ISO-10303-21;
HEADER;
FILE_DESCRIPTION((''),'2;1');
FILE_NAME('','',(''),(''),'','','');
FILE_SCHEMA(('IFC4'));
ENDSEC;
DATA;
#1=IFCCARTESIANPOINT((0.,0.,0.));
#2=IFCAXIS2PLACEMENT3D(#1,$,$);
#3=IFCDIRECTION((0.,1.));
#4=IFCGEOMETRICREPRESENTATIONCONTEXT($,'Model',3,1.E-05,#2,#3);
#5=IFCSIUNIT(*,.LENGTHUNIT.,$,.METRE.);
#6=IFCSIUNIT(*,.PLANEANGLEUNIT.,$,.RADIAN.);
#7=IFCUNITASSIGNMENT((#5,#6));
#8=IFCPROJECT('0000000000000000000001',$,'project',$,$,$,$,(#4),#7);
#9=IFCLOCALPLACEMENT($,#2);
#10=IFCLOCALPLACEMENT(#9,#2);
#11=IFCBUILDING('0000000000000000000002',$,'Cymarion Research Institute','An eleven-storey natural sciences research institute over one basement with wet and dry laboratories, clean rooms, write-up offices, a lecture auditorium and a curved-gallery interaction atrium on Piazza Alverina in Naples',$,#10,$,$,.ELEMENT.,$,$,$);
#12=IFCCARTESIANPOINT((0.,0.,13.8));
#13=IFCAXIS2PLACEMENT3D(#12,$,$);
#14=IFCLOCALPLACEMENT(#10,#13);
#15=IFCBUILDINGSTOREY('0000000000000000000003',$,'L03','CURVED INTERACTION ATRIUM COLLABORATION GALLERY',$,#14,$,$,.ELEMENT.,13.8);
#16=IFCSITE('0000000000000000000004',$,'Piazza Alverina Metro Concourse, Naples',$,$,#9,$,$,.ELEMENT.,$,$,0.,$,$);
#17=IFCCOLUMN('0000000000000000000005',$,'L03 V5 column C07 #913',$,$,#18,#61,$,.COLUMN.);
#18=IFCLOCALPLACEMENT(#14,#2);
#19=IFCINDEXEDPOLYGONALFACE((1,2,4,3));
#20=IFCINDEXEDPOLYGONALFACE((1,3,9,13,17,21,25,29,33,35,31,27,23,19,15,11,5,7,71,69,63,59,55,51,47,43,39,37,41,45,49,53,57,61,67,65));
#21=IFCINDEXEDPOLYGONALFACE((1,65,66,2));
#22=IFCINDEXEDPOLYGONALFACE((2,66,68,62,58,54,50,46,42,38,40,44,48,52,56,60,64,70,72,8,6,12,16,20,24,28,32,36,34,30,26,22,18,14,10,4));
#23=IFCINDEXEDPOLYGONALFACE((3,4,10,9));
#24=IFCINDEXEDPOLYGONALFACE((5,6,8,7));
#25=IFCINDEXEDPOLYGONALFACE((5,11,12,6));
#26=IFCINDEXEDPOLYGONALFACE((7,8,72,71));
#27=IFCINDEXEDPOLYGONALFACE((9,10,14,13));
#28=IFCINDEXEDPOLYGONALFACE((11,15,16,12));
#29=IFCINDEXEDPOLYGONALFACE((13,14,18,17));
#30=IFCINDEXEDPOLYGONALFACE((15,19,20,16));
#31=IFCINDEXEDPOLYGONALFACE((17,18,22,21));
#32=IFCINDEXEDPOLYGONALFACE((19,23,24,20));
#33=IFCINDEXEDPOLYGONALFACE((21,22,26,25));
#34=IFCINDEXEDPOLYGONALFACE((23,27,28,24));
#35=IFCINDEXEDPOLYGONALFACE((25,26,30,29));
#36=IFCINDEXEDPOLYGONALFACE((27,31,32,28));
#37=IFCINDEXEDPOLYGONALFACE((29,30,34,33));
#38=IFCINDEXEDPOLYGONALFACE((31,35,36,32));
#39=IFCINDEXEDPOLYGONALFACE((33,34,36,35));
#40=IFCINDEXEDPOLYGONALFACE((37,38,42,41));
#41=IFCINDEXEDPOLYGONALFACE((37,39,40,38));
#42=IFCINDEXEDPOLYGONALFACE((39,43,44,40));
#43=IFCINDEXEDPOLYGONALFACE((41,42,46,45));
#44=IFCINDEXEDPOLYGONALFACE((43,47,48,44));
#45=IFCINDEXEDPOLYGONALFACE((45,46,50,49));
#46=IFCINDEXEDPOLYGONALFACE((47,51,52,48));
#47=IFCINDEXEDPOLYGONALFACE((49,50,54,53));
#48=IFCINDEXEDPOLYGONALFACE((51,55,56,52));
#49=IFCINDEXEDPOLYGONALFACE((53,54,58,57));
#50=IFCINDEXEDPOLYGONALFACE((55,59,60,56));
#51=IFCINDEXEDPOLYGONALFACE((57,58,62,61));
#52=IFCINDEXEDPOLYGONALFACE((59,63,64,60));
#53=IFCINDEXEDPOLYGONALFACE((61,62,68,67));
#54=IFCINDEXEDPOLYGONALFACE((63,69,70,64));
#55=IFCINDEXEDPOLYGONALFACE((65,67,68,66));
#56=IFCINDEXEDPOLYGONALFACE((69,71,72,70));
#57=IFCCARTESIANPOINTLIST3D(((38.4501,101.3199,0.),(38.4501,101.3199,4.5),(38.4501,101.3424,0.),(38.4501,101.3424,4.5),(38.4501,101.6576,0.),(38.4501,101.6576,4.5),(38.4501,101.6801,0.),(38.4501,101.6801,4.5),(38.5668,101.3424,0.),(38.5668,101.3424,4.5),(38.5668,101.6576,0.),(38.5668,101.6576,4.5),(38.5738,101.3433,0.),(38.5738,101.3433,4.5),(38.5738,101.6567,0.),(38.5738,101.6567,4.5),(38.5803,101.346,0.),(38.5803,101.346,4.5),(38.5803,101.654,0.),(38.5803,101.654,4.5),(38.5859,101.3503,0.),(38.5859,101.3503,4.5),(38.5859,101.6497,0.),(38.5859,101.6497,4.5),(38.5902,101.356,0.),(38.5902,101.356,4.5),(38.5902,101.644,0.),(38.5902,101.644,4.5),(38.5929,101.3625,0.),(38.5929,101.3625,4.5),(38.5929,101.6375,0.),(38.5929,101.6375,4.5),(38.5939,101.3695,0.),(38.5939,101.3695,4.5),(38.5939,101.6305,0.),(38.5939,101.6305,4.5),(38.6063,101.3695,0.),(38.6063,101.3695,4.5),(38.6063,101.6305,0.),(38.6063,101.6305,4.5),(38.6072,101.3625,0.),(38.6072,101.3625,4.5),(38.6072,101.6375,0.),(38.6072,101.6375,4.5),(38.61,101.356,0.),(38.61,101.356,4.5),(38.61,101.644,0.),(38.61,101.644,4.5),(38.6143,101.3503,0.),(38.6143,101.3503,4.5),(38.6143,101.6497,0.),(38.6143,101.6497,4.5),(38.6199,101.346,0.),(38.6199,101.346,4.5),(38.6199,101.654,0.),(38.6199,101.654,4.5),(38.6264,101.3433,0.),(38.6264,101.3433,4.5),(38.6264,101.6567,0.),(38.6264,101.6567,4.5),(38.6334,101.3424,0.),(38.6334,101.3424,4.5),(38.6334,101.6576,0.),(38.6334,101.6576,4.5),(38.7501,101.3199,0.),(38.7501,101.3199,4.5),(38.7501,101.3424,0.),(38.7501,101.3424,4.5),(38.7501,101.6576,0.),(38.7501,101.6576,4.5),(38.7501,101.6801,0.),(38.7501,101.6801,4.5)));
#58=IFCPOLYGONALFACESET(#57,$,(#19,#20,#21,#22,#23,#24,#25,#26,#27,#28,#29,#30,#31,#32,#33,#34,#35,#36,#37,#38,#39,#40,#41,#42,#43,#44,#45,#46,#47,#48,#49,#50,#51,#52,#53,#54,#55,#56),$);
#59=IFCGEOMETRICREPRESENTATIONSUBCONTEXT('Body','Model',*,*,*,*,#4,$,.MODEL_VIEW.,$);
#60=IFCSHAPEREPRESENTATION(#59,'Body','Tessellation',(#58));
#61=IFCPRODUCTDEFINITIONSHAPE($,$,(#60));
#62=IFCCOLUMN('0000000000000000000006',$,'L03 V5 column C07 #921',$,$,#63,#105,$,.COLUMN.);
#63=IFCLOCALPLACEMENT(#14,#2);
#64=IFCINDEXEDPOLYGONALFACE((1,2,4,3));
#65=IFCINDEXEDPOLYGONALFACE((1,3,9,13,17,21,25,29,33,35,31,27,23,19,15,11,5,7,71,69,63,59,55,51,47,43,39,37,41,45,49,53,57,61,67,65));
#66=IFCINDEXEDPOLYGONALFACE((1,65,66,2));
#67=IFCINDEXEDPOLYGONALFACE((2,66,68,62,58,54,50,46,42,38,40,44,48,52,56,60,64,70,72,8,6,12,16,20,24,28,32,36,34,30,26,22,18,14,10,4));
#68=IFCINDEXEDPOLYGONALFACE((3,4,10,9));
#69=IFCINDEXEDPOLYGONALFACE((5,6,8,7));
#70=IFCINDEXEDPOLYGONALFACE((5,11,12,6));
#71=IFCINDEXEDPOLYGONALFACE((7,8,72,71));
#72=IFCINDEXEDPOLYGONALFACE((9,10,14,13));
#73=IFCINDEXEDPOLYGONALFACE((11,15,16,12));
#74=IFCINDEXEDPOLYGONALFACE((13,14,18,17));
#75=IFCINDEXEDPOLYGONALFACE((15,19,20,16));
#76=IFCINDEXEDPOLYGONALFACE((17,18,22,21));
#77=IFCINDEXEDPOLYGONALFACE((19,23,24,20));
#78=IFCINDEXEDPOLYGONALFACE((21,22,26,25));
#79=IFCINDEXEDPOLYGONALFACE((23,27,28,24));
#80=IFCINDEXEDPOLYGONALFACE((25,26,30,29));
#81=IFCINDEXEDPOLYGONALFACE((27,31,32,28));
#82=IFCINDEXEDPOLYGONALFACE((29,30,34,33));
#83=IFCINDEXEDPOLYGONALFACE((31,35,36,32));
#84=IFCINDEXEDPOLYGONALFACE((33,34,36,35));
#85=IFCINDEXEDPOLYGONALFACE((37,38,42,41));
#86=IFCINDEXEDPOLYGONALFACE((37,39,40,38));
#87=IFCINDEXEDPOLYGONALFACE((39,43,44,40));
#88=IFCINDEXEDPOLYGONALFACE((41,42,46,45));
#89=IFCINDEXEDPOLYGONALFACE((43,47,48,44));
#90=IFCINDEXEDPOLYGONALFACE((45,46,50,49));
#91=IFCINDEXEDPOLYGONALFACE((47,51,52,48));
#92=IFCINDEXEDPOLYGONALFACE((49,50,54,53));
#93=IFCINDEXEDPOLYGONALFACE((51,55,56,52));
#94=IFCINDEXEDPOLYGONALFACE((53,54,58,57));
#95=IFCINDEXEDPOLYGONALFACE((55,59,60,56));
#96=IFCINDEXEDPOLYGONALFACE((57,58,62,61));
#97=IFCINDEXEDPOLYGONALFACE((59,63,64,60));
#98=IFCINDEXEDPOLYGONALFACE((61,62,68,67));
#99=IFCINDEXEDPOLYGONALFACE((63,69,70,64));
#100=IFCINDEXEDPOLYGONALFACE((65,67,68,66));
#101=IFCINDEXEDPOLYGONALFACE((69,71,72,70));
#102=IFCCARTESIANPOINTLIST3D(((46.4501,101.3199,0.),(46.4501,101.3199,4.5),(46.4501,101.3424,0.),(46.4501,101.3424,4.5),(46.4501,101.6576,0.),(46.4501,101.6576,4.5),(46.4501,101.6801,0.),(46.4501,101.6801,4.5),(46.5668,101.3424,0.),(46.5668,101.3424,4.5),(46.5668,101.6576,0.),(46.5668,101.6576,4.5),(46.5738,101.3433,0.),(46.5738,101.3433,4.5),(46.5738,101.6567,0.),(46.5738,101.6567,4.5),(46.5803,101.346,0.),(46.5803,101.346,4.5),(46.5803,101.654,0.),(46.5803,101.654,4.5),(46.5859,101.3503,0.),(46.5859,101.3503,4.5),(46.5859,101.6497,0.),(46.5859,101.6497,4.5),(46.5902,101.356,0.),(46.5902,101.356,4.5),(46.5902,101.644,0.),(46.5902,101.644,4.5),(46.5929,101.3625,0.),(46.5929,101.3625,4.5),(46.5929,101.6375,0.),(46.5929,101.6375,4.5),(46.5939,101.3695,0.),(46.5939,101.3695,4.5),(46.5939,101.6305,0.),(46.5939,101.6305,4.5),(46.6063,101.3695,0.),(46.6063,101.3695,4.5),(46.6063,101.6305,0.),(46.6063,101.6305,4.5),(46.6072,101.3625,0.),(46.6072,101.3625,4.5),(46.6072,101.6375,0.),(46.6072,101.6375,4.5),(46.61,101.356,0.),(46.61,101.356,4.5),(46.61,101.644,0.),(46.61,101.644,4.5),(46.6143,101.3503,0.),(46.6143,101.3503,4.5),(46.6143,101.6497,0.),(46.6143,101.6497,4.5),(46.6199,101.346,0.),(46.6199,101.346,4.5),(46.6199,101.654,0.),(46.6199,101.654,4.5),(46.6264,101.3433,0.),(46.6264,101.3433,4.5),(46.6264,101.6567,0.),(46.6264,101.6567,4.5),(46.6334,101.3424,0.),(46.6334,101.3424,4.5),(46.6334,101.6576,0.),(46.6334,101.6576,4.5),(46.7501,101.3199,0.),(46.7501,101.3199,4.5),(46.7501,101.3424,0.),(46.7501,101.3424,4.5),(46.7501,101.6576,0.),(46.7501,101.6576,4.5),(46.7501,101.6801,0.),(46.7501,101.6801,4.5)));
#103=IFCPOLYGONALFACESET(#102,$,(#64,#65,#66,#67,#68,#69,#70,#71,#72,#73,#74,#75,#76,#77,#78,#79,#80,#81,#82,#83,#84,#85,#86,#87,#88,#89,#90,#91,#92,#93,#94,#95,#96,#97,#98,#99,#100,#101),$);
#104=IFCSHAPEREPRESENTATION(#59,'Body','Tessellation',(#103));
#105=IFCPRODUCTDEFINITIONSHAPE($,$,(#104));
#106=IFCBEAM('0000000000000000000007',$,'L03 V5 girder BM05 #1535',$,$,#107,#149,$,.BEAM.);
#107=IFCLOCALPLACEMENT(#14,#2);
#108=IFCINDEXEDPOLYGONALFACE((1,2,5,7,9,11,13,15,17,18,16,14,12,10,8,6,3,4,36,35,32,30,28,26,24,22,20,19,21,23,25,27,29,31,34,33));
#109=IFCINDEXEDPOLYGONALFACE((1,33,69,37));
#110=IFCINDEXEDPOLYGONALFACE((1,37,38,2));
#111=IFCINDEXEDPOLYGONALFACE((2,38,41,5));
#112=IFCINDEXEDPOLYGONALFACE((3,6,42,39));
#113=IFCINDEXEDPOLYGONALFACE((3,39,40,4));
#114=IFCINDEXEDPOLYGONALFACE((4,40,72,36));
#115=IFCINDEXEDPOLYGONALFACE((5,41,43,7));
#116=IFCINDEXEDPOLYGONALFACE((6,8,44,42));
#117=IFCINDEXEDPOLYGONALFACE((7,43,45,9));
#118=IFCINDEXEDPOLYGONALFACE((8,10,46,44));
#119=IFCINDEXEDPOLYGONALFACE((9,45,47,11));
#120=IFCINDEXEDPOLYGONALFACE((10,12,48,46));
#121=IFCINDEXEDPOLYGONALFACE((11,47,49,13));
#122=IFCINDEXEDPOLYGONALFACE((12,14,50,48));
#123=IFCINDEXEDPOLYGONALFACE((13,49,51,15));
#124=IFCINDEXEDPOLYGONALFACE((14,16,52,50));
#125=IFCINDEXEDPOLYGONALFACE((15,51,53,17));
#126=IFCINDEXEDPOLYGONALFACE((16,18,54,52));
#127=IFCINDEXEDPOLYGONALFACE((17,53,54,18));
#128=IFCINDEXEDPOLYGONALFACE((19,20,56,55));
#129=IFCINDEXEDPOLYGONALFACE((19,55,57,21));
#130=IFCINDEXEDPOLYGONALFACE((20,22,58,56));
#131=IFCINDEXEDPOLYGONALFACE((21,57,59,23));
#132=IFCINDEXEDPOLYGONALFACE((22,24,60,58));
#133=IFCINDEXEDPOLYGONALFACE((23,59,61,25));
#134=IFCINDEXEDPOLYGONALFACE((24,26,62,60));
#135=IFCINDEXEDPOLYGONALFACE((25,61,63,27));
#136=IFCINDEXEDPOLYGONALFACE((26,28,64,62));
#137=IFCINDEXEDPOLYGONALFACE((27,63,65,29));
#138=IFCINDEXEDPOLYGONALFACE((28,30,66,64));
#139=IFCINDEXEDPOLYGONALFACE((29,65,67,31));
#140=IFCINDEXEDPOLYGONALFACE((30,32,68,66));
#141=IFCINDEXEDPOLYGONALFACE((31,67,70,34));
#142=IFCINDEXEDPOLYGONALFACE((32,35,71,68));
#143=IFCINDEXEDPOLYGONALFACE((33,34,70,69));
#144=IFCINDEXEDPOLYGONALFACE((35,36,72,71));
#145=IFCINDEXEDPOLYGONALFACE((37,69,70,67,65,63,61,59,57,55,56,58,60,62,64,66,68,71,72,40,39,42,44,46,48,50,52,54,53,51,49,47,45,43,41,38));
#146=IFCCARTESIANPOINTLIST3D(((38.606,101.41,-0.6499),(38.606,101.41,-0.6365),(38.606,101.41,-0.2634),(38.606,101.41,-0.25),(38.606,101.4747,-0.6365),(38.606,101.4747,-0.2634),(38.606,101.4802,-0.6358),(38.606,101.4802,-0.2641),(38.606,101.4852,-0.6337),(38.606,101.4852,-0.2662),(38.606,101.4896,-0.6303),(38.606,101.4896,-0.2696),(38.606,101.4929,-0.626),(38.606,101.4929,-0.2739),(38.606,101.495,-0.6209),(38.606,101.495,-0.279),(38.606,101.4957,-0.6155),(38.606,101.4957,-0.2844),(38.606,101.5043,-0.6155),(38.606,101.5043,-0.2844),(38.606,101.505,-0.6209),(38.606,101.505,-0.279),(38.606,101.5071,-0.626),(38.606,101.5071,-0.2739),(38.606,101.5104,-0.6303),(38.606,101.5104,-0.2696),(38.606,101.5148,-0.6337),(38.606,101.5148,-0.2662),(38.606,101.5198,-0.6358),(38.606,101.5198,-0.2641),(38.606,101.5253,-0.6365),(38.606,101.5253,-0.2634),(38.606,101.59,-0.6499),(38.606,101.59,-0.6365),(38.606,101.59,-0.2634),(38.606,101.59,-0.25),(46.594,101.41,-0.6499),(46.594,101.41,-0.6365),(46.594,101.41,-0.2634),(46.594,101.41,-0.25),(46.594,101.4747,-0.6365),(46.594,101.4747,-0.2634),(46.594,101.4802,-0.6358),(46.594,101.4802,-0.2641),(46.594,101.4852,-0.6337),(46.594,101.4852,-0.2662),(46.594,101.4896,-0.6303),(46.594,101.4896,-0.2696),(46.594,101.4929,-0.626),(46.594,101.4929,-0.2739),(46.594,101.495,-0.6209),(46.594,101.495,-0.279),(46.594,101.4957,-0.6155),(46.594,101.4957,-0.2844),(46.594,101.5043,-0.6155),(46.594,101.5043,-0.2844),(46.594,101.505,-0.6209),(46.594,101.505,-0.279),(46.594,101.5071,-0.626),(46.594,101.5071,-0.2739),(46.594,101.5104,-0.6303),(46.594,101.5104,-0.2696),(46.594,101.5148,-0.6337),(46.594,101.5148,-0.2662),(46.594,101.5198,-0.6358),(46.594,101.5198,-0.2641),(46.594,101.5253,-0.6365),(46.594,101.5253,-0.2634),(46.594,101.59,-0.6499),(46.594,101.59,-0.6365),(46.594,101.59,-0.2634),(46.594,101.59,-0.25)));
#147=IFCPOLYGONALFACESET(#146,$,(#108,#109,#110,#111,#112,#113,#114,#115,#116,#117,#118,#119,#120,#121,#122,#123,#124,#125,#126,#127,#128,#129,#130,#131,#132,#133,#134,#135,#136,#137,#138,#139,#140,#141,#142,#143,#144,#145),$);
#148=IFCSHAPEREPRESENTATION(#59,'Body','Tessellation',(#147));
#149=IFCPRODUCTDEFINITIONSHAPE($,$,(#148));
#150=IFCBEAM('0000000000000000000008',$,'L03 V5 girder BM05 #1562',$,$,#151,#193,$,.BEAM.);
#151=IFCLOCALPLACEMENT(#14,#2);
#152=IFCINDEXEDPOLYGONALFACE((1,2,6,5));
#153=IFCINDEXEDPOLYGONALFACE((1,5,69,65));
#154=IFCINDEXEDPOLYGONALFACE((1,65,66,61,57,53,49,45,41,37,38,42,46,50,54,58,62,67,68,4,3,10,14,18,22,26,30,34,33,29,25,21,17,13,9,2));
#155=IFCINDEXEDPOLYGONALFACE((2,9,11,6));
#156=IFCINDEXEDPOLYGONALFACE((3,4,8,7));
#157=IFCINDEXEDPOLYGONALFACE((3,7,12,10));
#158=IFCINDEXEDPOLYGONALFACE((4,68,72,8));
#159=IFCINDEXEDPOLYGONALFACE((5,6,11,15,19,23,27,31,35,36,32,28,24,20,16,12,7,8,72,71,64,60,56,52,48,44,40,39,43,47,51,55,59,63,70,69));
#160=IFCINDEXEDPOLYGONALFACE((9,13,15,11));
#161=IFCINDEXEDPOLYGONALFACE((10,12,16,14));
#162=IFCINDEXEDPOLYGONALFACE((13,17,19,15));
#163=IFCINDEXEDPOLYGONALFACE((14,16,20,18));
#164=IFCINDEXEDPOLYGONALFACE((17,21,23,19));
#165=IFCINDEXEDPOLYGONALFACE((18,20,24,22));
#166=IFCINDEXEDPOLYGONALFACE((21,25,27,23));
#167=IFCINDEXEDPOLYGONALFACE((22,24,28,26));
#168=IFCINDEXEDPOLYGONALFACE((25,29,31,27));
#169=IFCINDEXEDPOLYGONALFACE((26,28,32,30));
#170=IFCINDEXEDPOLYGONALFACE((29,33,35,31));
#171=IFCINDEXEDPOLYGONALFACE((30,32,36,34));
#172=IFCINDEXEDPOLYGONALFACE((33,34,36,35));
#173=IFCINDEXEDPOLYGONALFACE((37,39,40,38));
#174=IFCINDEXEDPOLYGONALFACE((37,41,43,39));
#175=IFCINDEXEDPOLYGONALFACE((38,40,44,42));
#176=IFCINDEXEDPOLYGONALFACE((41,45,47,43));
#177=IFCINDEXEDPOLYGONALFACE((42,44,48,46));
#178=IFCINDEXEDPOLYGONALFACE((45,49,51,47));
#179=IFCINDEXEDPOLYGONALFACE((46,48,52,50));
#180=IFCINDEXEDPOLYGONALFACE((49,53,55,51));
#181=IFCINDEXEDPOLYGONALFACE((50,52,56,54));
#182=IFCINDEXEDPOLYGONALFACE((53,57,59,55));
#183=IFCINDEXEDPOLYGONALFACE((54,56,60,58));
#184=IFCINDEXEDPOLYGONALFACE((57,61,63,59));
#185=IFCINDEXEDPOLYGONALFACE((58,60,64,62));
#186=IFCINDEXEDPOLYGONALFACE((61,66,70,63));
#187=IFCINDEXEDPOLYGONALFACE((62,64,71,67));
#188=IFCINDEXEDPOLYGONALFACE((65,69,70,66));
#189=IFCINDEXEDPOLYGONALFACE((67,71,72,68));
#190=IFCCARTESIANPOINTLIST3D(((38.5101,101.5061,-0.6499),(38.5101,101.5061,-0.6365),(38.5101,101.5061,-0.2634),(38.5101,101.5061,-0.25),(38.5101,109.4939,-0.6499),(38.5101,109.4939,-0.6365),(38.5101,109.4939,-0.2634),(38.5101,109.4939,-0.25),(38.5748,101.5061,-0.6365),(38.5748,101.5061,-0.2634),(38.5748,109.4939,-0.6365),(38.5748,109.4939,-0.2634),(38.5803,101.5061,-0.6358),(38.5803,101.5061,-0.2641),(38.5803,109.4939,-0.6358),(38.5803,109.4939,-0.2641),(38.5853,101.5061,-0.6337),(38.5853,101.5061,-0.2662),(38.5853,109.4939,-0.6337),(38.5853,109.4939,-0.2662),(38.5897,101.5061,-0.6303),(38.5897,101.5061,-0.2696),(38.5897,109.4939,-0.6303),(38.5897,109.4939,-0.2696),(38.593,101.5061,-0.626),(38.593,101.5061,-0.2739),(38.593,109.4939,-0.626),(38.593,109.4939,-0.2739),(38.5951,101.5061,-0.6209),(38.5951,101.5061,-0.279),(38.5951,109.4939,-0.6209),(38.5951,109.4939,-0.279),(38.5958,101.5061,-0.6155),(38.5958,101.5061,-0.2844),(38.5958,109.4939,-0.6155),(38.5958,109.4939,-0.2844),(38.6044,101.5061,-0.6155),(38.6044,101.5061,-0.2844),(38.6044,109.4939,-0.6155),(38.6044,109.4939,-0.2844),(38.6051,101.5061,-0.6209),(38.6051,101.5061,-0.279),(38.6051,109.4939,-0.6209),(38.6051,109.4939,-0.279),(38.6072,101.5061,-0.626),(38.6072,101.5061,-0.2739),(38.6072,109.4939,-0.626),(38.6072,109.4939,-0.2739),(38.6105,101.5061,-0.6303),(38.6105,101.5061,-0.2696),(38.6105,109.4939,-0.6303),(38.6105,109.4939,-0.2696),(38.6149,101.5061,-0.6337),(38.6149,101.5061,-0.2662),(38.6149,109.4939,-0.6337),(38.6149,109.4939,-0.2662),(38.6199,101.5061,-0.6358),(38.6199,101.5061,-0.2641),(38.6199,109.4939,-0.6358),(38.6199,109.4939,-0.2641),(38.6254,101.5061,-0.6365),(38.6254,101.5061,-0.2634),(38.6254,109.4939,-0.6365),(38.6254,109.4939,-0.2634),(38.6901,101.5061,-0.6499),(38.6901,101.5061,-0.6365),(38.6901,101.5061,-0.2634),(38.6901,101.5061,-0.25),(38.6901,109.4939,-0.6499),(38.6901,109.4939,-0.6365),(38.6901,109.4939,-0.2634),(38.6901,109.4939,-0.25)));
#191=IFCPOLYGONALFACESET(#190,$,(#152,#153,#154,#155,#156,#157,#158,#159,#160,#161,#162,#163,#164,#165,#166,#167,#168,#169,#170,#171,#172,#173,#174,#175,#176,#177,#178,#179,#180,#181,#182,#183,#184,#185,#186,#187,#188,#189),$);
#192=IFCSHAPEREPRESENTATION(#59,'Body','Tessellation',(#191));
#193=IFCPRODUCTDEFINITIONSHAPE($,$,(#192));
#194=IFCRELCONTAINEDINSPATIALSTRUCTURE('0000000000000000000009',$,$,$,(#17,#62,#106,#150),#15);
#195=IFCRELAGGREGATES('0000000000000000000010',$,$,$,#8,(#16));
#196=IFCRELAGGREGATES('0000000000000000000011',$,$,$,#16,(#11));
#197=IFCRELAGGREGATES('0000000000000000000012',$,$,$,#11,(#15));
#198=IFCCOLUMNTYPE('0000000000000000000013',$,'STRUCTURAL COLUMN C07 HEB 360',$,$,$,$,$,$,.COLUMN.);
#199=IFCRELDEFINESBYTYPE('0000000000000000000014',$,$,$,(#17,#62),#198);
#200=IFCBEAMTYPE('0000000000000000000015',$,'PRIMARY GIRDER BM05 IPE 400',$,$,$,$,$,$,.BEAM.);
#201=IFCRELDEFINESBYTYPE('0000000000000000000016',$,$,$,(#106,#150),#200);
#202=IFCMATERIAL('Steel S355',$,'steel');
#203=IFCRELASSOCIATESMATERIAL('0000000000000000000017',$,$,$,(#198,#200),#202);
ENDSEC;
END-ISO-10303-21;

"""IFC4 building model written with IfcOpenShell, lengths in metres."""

from ifc_helpers import new_model, si_unit, direction, frame, origin, origin_2d, place, context, subcontext, project, spatial, i_section, extrude, material, material_profile, profile_set, type_object, element, save


model = new_model("IFC4")

# Units and contexts
model_context = context("Model", 3, precision=1e-05, world=origin(), true_north=direction((0.0, 1.0)))
body_context = subcontext(model_context, "Body", "Model", "MODEL_VIEW")
ifc_project = project(units=[si_unit("LENGTHUNIT", "METRE"), si_unit("PLANEANGLEUNIT", "RADIAN")], contexts=[model_context])

# Site, building, storey
site_placement = place(None, origin())
site = spatial("IfcSite", under=ifc_project, at=site_placement, Name="Piazza Alverina Metro Concourse, Naples", CompositionType="ELEMENT", RefElevation=0.0)
building_placement = place(site_placement, origin())
building = spatial("IfcBuilding", under=site, at=building_placement, Name="Cymarion Research Institute", Description="An eleven-storey natural sciences research institute over one basement with wet and dry laboratories, clean rooms, write-up offices, a lecture auditorium and a curved-gallery interaction atrium on Piazza Alverina in Naples", CompositionType="ELEMENT")
storey_placement = place(building_placement, frame((0.0, 0.0, 13.8)))
storey = spatial("IfcBuildingStorey", under=building, at=storey_placement, Name="L03", Description="CURVED INTERACTION ATRIUM COLLABORATION GALLERY", CompositionType="ELEMENT", Elevation=13.8)

# Columns
ifc_material_1 = material(Name="Steel S355", Category="steel")
ifc_material_profile_1 = material_profile(ifc_material_1, i_section(OverallWidth=0.3, OverallDepth=0.3601, WebThickness=0.0125, FlangeThickness=0.0225, FilletRadius=0.0271, at=origin_2d()), Name="HEB 360")
ifc_profile_set_1 = profile_set([ifc_material_profile_1], Name="Steel S355")
column_type = type_object("IfcColumnType", Name="STRUCTURAL COLUMN C07 HEB 360", PredefinedType="COLUMN", material=ifc_profile_set_1)
for number, where, z_axis, x_axis, name in (
    (1, (38.6001, 101.5, 0.0), (0.0, 0.0, 1.0), (1.0, 0.0, 0.0), "L03 V5 column C07 #913"),
    (2, (46.6001, 101.5, 0.0), (0.0, 0.0, 1.0), (1.0, 0.0, 0.0), "L03 V5 column C07 #921"),
):
    element("IfcColumn", number, at=place(storey_placement, frame(where, z_axis=z_axis, x_axis=x_axis)), inside=storey, type_object=column_type, Name=name, PredefinedType="COLUMN", context=body_context, shape_type="SweptSolid", body=[
        extrude(i_section(OverallWidth=0.3, OverallDepth=0.3601, WebThickness=0.0125, FlangeThickness=0.0225, FilletRadius=0.0271, at=origin_2d()), origin(), (0.0, 0.0, 1.0), 4.5),
    ])

# Beams
ifc_material_profile_2 = material_profile(ifc_material_1, i_section(OverallWidth=0.1799, OverallDepth=0.3999, WebThickness=0.0085, FlangeThickness=0.0134, FilletRadius=0.021, at=origin_2d()), Name="IPE 400")
ifc_profile_set_2 = profile_set([ifc_material_profile_2], Name="Steel S355")
beam_type_1 = type_object("IfcBeamType", Name="PRIMARY GIRDER BM05 IPE 400", PredefinedType="BEAM", material=ifc_profile_set_2)
beam_1_placement = place(storey_placement, frame((38.606, 101.5, -0.45), z_axis=(1.0, 0.0, 0.0), x_axis=(0.0, 1.0, 0.0)))
element("IfcBeam", 3, at=beam_1_placement, inside=storey, type_object=beam_type_1, Name="L03 V5 girder BM05 #1535", PredefinedType="BEAM", context=body_context, shape_type="SweptSolid", body=[
    extrude(i_section(OverallWidth=0.1799, OverallDepth=0.3999, WebThickness=0.0085, FlangeThickness=0.0134, FilletRadius=0.021, at=origin_2d()), origin(), (0.0, 0.0, 1.0), 7.988),
])
beam_2_placement = place(storey_placement, frame((38.6001, 101.5061, -0.45), z_axis=(0.0, 1.0, 0.0), x_axis=(-1.0, 0.0, 0.0)))
element("IfcBeam", 4, at=beam_2_placement, inside=storey, type_object=beam_type_1, Name="L03 V5 girder BM05 #1562", PredefinedType="BEAM", context=body_context, shape_type="SweptSolid", body=[
    extrude(i_section(OverallWidth=0.1799, OverallDepth=0.3999, WebThickness=0.0085, FlangeThickness=0.0134, FilletRadius=0.021, at=origin_2d()), origin(), (0.0, 0.0, 1.0), 7.9878),
])

save(model, "model.ifc")
